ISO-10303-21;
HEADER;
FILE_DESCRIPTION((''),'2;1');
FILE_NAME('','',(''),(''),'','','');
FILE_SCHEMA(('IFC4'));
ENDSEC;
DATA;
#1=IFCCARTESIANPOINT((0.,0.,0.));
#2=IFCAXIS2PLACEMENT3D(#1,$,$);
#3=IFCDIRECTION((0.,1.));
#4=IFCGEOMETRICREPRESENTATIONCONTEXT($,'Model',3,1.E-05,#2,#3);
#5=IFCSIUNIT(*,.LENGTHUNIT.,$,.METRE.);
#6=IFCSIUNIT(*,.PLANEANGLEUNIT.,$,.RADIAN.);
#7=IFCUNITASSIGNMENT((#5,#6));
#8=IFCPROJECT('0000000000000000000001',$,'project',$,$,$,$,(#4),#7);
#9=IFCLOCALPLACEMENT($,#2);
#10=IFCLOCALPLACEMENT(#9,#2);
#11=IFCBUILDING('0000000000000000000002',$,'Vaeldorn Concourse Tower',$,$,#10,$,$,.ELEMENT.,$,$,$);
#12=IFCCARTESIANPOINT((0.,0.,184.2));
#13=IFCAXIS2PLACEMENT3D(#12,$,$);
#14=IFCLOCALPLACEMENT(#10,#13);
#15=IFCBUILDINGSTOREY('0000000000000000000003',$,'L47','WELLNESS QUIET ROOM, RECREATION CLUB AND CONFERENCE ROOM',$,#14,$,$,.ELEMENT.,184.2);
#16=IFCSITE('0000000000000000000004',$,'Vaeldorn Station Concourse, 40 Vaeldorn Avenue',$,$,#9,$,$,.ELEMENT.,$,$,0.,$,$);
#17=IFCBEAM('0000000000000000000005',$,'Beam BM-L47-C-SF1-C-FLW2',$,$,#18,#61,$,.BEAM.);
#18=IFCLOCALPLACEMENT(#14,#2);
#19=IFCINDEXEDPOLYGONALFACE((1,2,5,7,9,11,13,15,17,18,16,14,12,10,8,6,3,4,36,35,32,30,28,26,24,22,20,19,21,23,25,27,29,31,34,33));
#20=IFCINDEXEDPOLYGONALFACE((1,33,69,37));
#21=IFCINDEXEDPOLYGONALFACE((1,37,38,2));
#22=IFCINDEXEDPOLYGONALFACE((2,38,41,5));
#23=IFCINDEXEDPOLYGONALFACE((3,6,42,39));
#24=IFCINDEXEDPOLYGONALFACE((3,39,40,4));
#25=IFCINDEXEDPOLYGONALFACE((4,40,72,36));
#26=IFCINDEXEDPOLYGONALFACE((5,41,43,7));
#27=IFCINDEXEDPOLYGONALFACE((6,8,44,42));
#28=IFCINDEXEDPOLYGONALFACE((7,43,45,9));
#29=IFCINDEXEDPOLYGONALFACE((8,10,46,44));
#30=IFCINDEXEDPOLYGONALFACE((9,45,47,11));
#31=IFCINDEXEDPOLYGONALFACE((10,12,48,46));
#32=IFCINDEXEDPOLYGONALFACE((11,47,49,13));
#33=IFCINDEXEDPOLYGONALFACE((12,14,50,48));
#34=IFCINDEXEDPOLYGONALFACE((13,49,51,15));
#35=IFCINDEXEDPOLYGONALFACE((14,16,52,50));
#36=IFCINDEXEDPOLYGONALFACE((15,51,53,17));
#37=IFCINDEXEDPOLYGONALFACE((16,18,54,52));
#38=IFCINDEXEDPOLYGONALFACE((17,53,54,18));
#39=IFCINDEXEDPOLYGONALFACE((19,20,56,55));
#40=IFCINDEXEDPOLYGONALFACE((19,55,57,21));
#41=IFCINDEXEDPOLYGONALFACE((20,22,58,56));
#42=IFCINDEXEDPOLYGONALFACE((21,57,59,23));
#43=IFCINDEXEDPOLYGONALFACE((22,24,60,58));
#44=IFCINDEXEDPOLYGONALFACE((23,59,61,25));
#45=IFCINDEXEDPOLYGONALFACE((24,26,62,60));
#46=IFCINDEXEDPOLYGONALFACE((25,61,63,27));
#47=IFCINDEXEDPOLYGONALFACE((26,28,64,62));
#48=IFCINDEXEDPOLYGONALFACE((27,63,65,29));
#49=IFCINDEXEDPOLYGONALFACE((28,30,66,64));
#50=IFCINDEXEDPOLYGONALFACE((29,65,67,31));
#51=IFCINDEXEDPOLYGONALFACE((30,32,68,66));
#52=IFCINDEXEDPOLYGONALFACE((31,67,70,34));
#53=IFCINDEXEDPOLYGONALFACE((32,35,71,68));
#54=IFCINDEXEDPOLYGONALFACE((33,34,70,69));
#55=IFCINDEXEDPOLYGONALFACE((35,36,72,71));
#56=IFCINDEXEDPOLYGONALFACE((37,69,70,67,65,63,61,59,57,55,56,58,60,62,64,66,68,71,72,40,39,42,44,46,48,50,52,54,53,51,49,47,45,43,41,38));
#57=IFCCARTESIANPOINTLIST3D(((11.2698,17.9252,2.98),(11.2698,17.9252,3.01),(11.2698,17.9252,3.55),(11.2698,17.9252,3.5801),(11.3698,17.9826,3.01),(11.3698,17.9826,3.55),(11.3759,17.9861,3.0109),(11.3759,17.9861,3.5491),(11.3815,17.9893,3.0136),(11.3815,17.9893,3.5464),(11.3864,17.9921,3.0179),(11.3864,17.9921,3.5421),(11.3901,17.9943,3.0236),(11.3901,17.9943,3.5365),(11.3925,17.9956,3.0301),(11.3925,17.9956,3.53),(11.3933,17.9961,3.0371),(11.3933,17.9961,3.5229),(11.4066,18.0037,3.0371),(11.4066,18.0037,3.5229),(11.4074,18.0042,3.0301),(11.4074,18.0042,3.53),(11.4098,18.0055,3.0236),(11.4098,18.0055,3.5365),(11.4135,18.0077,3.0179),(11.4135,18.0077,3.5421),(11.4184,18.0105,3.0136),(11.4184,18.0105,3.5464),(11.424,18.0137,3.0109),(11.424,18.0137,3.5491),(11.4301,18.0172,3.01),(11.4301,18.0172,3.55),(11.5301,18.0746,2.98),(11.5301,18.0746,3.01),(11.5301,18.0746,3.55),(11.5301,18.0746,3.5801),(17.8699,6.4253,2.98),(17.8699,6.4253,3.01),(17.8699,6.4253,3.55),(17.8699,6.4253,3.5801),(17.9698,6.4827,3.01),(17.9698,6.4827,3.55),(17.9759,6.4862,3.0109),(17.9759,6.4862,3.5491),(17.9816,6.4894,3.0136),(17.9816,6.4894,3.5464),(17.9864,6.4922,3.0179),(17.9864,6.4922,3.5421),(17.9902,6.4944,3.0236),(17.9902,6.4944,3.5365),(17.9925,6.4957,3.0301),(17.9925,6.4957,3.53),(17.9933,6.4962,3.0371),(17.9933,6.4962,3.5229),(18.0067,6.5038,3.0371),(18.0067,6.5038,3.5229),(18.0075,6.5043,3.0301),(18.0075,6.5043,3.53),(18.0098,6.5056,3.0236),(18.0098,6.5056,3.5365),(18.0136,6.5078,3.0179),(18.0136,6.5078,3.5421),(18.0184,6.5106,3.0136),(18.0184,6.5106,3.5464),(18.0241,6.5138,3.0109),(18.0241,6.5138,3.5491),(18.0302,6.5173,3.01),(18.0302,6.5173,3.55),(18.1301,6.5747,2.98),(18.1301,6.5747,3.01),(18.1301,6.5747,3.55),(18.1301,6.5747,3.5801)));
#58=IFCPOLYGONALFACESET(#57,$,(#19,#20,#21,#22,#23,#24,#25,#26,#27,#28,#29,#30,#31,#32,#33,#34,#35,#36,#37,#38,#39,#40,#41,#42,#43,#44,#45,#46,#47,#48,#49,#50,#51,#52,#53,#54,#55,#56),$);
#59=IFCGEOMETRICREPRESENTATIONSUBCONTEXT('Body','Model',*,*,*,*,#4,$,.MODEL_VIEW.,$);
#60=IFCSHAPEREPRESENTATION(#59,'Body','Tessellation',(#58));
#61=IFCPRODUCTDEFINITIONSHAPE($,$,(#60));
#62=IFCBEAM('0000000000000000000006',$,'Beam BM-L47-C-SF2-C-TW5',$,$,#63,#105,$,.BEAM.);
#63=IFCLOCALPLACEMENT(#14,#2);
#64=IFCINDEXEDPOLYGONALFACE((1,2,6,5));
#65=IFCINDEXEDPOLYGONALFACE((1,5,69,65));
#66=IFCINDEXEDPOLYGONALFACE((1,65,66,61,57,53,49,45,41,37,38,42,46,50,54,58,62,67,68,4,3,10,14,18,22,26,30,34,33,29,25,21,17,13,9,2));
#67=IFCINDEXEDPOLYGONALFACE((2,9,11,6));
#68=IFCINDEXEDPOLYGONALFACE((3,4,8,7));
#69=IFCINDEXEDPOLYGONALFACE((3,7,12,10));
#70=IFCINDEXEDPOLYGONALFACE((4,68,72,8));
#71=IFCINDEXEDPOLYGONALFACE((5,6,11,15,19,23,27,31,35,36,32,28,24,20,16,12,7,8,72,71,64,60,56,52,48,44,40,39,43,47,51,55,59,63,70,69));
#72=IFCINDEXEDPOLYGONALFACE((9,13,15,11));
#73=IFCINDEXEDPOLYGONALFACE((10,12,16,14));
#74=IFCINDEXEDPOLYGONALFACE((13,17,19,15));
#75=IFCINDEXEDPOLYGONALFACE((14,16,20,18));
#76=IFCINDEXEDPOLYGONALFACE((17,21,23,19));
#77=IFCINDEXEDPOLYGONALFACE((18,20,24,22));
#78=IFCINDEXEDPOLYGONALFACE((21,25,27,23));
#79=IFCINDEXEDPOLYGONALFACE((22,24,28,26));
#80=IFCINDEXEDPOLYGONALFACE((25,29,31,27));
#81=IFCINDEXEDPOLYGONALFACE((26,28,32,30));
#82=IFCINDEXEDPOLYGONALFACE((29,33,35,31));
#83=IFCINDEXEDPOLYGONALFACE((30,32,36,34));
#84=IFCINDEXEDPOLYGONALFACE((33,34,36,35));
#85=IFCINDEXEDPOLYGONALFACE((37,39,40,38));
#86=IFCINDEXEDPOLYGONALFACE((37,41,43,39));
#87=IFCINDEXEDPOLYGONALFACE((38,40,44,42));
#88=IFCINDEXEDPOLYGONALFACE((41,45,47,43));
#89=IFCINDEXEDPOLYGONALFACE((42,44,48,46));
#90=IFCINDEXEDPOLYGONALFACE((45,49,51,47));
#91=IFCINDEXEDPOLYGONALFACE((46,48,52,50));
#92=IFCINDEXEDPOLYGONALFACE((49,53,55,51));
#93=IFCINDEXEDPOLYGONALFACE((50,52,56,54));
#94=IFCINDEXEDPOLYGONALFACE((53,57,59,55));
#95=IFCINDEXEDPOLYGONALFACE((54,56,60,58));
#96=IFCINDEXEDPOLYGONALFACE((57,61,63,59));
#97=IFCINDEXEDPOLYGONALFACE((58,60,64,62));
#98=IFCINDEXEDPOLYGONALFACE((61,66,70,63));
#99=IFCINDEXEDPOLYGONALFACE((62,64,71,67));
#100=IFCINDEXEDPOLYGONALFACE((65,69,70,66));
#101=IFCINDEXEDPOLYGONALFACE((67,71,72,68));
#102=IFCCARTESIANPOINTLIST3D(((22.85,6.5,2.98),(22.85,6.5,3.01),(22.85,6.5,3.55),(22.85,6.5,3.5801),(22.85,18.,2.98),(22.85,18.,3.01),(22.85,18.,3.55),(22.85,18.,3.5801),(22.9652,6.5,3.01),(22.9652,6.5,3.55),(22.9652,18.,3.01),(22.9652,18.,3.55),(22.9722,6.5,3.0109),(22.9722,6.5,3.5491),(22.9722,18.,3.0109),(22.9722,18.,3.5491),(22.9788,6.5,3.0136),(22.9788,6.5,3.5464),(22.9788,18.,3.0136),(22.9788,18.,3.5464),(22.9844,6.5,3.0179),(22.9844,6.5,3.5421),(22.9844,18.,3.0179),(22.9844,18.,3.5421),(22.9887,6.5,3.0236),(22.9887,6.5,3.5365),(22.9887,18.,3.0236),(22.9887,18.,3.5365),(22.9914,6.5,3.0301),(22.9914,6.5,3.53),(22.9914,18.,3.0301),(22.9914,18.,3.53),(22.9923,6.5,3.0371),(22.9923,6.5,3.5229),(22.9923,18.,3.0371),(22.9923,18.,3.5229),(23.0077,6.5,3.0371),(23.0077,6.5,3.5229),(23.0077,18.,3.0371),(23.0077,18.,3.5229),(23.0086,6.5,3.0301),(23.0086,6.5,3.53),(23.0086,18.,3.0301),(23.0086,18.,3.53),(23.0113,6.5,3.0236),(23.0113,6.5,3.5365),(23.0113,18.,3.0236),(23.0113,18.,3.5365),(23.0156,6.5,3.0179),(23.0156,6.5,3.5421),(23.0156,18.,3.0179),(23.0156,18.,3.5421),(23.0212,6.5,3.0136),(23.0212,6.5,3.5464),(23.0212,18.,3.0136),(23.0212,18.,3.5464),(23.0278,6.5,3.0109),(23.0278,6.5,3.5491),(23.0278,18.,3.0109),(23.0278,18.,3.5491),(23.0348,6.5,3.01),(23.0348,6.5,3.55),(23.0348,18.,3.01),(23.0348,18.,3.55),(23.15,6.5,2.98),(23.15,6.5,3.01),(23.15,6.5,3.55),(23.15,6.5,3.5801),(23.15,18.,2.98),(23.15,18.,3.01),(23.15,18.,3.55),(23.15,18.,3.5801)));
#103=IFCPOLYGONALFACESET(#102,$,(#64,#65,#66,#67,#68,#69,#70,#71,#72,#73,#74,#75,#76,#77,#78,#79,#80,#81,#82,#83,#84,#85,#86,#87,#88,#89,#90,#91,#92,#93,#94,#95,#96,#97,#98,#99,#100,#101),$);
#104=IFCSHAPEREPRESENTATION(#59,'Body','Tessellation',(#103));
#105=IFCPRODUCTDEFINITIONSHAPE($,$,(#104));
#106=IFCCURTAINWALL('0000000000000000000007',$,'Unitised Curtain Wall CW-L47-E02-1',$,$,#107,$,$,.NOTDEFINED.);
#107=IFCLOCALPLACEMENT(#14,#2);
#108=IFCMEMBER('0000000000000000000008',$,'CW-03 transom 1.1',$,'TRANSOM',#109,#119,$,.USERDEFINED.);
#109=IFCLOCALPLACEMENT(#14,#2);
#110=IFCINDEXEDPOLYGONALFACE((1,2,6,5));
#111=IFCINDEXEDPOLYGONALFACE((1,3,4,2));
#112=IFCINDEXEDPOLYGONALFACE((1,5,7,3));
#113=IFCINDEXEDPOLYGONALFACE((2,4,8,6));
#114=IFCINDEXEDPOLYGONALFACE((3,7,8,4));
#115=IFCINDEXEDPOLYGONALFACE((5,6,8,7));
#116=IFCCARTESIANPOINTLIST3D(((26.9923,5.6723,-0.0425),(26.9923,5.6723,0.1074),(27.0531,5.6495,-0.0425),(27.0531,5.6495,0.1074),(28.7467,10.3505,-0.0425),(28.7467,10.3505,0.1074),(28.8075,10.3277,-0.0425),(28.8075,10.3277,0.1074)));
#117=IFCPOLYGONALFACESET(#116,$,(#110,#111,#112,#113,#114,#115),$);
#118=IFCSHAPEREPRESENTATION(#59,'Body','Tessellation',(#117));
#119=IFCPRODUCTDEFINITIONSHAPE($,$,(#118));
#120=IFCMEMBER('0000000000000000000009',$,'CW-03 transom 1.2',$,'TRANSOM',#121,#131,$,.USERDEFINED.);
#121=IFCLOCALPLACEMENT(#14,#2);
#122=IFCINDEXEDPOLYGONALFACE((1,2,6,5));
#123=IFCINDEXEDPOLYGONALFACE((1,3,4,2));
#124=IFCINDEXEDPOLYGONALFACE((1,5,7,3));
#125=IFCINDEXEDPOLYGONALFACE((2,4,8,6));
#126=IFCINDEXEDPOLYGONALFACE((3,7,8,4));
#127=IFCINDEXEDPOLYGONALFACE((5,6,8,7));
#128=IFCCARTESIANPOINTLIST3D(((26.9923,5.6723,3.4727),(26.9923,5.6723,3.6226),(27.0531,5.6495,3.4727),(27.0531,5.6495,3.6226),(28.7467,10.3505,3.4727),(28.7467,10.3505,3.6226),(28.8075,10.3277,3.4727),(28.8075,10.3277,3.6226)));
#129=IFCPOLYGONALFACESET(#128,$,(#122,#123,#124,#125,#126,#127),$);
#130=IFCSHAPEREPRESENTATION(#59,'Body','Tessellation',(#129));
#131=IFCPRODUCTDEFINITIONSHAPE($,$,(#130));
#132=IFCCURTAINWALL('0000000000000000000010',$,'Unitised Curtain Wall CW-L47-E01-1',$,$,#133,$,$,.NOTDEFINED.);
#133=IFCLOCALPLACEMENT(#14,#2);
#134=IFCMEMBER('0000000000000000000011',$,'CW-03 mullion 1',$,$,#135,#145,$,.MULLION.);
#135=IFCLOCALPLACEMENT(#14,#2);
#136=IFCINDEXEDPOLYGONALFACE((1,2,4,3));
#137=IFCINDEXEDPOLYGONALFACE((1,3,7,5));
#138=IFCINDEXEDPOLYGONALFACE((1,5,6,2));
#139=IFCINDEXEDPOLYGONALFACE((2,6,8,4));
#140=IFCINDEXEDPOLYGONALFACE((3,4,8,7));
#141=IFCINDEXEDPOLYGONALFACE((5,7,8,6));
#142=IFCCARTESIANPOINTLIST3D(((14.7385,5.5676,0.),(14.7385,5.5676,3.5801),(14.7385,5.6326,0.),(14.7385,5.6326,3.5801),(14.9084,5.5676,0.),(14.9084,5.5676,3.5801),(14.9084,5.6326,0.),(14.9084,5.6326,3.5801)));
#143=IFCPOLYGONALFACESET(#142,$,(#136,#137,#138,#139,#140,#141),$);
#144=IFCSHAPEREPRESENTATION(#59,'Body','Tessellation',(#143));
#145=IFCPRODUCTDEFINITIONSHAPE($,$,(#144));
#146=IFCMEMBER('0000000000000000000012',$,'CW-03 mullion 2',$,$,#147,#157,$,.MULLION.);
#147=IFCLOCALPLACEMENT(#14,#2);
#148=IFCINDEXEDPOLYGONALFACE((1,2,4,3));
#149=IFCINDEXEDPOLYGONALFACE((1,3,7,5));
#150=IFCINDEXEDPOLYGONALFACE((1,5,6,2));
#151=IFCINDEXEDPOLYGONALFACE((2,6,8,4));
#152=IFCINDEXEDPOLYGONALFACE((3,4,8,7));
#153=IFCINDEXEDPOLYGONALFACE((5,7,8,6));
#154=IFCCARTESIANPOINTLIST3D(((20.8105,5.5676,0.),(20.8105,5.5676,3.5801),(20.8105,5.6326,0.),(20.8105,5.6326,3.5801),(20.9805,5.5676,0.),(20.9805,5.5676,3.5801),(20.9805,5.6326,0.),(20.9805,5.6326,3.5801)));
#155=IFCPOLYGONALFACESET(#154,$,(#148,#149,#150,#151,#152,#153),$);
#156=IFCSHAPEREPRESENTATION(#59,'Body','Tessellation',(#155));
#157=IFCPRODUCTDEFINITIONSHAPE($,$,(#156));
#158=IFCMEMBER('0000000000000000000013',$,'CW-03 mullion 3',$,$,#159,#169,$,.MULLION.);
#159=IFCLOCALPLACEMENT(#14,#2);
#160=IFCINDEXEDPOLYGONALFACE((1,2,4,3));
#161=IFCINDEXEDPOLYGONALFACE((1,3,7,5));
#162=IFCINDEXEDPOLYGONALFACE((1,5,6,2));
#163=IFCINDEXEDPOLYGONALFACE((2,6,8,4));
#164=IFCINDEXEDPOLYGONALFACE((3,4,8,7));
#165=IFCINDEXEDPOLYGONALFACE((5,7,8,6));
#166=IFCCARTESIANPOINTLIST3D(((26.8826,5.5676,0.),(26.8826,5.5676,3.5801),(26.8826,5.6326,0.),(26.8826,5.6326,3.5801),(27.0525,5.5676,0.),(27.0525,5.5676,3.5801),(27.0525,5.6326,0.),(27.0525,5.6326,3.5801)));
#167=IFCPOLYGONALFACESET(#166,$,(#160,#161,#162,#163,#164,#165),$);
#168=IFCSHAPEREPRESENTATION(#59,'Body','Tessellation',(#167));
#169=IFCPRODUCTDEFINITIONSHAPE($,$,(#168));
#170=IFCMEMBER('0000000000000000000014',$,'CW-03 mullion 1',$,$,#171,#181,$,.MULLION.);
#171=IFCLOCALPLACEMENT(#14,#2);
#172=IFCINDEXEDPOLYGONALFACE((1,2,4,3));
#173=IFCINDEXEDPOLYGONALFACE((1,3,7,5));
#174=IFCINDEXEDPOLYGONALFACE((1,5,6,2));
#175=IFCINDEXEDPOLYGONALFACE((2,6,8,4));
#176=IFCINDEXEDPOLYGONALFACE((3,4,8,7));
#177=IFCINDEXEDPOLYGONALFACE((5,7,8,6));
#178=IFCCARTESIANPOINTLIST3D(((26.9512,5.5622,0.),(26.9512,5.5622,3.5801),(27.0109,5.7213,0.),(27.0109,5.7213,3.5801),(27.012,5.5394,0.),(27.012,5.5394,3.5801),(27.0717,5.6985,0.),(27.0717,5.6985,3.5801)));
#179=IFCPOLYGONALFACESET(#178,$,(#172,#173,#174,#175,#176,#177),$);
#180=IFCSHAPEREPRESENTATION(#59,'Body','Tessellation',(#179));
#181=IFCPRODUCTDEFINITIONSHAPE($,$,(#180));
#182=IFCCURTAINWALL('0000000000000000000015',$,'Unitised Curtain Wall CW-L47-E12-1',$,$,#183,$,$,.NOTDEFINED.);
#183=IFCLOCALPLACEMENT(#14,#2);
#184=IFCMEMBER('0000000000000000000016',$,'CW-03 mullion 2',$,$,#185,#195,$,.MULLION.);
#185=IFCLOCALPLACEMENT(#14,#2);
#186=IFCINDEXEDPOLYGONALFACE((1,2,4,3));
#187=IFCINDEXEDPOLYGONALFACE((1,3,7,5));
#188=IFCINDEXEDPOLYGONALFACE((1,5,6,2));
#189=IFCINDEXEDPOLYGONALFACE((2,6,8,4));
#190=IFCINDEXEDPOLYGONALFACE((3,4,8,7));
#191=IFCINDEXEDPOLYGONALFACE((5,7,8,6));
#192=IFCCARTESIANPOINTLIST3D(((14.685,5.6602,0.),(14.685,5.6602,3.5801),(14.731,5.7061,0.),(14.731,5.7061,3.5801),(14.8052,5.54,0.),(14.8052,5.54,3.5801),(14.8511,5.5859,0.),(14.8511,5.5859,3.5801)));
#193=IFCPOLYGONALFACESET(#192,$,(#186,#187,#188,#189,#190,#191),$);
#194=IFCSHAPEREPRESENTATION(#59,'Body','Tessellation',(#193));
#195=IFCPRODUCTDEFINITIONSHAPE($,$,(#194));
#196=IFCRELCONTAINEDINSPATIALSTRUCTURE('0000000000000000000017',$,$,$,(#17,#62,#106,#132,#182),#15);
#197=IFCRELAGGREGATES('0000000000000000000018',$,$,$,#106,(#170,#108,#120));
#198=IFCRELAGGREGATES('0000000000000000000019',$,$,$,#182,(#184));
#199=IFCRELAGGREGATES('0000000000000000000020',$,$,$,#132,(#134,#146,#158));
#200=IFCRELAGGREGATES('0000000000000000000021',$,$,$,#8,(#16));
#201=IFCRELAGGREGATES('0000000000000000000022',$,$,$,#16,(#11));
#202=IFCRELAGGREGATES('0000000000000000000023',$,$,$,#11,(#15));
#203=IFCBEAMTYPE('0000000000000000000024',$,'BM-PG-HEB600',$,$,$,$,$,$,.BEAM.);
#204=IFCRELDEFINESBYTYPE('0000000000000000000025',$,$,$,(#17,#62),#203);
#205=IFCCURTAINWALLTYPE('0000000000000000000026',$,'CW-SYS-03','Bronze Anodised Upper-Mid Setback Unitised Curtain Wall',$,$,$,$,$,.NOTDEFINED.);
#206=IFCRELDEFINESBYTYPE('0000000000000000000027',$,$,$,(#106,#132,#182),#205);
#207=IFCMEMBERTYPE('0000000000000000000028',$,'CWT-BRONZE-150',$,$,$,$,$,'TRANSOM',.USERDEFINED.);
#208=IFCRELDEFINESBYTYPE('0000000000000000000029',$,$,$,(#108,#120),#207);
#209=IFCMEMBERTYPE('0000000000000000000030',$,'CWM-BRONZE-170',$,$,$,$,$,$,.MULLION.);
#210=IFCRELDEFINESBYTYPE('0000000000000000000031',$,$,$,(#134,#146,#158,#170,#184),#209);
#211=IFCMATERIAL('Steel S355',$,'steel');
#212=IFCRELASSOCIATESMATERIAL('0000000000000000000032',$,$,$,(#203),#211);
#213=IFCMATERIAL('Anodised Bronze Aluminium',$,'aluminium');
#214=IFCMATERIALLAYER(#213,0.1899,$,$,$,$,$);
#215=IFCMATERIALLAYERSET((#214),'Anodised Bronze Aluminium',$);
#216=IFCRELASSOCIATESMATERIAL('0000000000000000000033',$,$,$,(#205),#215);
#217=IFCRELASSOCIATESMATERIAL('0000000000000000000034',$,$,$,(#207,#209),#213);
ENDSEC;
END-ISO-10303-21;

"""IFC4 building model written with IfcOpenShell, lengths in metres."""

from ifc_helpers import new_model, si_unit, direction, frame, origin, origin_2d, place, context, subcontext, project, spatial, rectangle, i_section, extrude, source, transform, mapped, material, layer, layer_set, material_profile, profile_set, type_object, element, aggregate, save


model = new_model("IFC4")

# Units and contexts
model_context = context("Model", 3, precision=1e-05, world=origin(), true_north=direction((0.0, 1.0)))
body_context = subcontext(model_context, "Body", "Model", "MODEL_VIEW")
ifc_project = project(units=[si_unit("LENGTHUNIT", "METRE"), si_unit("PLANEANGLEUNIT", "RADIAN")], contexts=[model_context])

# Site, building, storey
site_placement = place(None, origin())
site = spatial("IfcSite", under=ifc_project, at=site_placement, Name="Vaeldorn Station Concourse, 40 Vaeldorn Avenue", CompositionType="ELEMENT", RefElevation=0.0)
building_placement = place(site_placement, origin())
building = spatial("IfcBuilding", under=site, at=building_placement, Name="Vaeldorn Concourse Tower", CompositionType="ELEMENT")
storey_placement = place(building_placement, frame((0.0, 0.0, 184.2)))
storey = spatial("IfcBuildingStorey", under=building, at=storey_placement, Name="L47", Description="WELLNESS QUIET ROOM, RECREATION CLUB AND CONFERENCE ROOM", CompositionType="ELEMENT", Elevation=184.2)

# Shared definitions
ifc_material_1 = material(Name="Steel S355", Category="steel")

# Beams
ifc_material_profile_1 = material_profile(ifc_material_1, i_section(OverallWidth=0.3, OverallDepth=0.6001, WebThickness=0.0154, FlangeThickness=0.03, FilletRadius=0.0271, at=origin_2d()), Name="HEB 600")
ifc_profile_set_1 = profile_set([ifc_material_profile_1], Name="Steel S355")
beam_type_1 = type_object("IfcBeamType", Name="BM-PG-HEB600", PredefinedType="BEAM", material=ifc_profile_set_1)
shared_shape_1 = source(origin(), body_context, "Body", "SweptSolid", [
    extrude(i_section(OverallWidth=0.3, OverallDepth=0.6001, WebThickness=0.0154, FlangeThickness=0.03, FilletRadius=0.0271, at=origin_2d()), origin(), (0.0, 0.0, 1.0), 13.2593),
])
beam_1_placement = place(storey_placement, frame((18.0, 6.5, 3.28), z_axis=(-0.497768, 0.86731, 0.0), x_axis=(-0.86731, -0.497768, 0.0)))
element("IfcBeam", 1, at=beam_1_placement, inside=storey, type_object=beam_type_1, Name="Beam BM-L47-C-SF1-C-FLW2", PredefinedType="BEAM", context=body_context, shape_type="MappedRepresentation", body=[
    mapped(shared_shape_1, transform((0.0, 0.0, 0.0), scale=1.0)),
])
shared_shape_2 = source(origin(), body_context, "Body", "SweptSolid", [
    extrude(i_section(OverallWidth=0.3, OverallDepth=0.6001, WebThickness=0.0154, FlangeThickness=0.03, FilletRadius=0.0271, at=origin_2d()), origin(), (0.0, 0.0, 1.0), 11.5),
])
beam_2_placement = place(storey_placement, frame((23.0, 6.5, 3.28), z_axis=(0.0, 1.0, 0.0), x_axis=(-1.0, 0.0, 0.0)))
element("IfcBeam", 2, at=beam_2_placement, inside=storey, type_object=beam_type_1, Name="Beam BM-L47-C-SF2-C-TW5", PredefinedType="BEAM", context=body_context, shape_type="MappedRepresentation", body=[
    mapped(shared_shape_2, transform((0.0, 0.0, 0.0), scale=1.0)),
])

# Curtain walls, members
ifc_material_2 = material(Name="Anodised Bronze Aluminium", Category="aluminium")
ifc_layer_1 = layer(ifc_material_2, 0.1899)
ifc_layer_set_1 = layer_set([ifc_layer_1], Name="Anodised Bronze Aluminium")
curtain_wall_type = type_object("IfcCurtainWallType", Name="CW-SYS-03", Description="Bronze Anodised Upper-Mid Setback Unitised Curtain Wall", PredefinedType="NOTDEFINED", material=ifc_layer_set_1)
curtain_wall_1_placement = place(storey_placement, origin())
curtain_wall_1 = element("IfcCurtainWall", 3, at=curtain_wall_1_placement, inside=storey, type_object=curtain_wall_type, Name="Unitised Curtain Wall CW-L47-E02-1", PredefinedType="NOTDEFINED")
ifc_material_profile_2 = material_profile(ifc_material_2, rectangle(XDim=0.0649, YDim=0.1499, at=origin_2d()), Name="CWT 65x150")
ifc_profile_set_2 = profile_set([ifc_material_profile_2], Name="Anodised Bronze Aluminium")
member_type_1 = type_object("IfcMemberType", Name="CWT-BRONZE-150", ElementType="TRANSOM", PredefinedType="USERDEFINED", material=ifc_profile_set_2)
shared_shape_3 = source(origin(), body_context, "Body", "SweptSolid", [
    extrude(rectangle(XDim=0.0649, YDim=0.1499, at=origin_2d()), origin(), (0.0, 0.0, 1.0), 4.9963),
])
member_1_placement = place(storey_placement, frame((27.0227, 5.6609, 0.0325), z_axis=(0.351134, 0.936325, 0.0), x_axis=(-0.936325, 0.351134, 0.0)))
member_1 = element("IfcMember", 4, at=member_1_placement, type_object=member_type_1, Name="CW-03 transom 1.1", ObjectType="TRANSOM", PredefinedType="USERDEFINED", context=body_context, shape_type="MappedRepresentation", body=[
    mapped(shared_shape_3, transform((0.0, 0.0, 0.0), scale=1.0)),
])
member_2_placement = place(storey_placement, frame((27.0227, 5.6609, 3.5476), z_axis=(0.351134, 0.936325, 0.0), x_axis=(-0.936325, 0.351134, 0.0)))
member_2 = element("IfcMember", 5, at=member_2_placement, type_object=member_type_1, Name="CW-03 transom 1.2", ObjectType="TRANSOM", PredefinedType="USERDEFINED", context=body_context, shape_type="MappedRepresentation", body=[
    mapped(shared_shape_3, transform((0.0, 0.0, 0.0), scale=1.0)),
])
curtain_wall_2_placement = place(storey_placement, origin())
curtain_wall_2 = element("IfcCurtainWall", 6, at=curtain_wall_2_placement, inside=storey, type_object=curtain_wall_type, Name="Unitised Curtain Wall CW-L47-E01-1", PredefinedType="NOTDEFINED")
ifc_material_profile_3 = material_profile(ifc_material_2, rectangle(XDim=0.0649, YDim=0.1699, at=origin_2d()), Name="CWM 65x170")
ifc_profile_set_3 = profile_set([ifc_material_profile_3], Name="Anodised Bronze Aluminium")
member_type_2 = type_object("IfcMemberType", Name="CWM-BRONZE-170", PredefinedType="MULLION", material=ifc_profile_set_3)
shared_shape_4 = source(origin(), body_context, "Body", "SweptSolid", [
    extrude(rectangle(XDim=0.0649, YDim=0.1699, at=origin_2d()), origin(), (0.0, 0.0, 1.0), 3.5801),
])
member_3_placement = place(storey_placement, frame((14.8235, 5.6001, 0.0), z_axis=(0.0, 0.0, 1.0), x_axis=(0.0, 1.0, 0.0)))
member_3 = element("IfcMember", 7, at=member_3_placement, type_object=member_type_2, Name="CW-03 mullion 1", PredefinedType="MULLION", context=body_context, shape_type="MappedRepresentation", body=[
    mapped(shared_shape_4, transform((0.0, 0.0, 0.0), scale=1.0)),
])
member_4_placement = place(storey_placement, frame((20.8955, 5.6001, 0.0), z_axis=(0.0, 0.0, 1.0), x_axis=(0.0, 1.0, 0.0)))
member_4 = element("IfcMember", 8, at=member_4_placement, type_object=member_type_2, Name="CW-03 mullion 2", PredefinedType="MULLION", context=body_context, shape_type="MappedRepresentation", body=[
    mapped(shared_shape_4, transform((0.0, 0.0, 0.0), scale=1.0)),
])
member_5_placement = place(storey_placement, frame((26.9675, 5.6001, 0.0), z_axis=(0.0, 0.0, 1.0), x_axis=(0.0, 1.0, 0.0)))
member_5 = element("IfcMember", 9, at=member_5_placement, type_object=member_type_2, Name="CW-03 mullion 3", PredefinedType="MULLION", context=body_context, shape_type="MappedRepresentation", body=[
    mapped(shared_shape_4, transform((0.0, 0.0, 0.0), scale=1.0)),
])

# Member
member_6_placement = place(storey_placement, frame((27.0115, 5.6304, 0.0), z_axis=(0.0, 0.0, 1.0), x_axis=(-0.936329, 0.351123, 0.0)))
member_6 = element("IfcMember", 10, at=member_6_placement, type_object=member_type_2, Name="CW-03 mullion 1", PredefinedType="MULLION", context=body_context, shape_type="MappedRepresentation", body=[
    mapped(shared_shape_4, transform((0.0, 0.0, 0.0), scale=1.0)),
])
aggregate(curtain_wall_1, [member_6, member_1, member_2])

# Curtain wall, member
curtain_wall_3_placement = place(storey_placement, origin())
curtain_wall_3 = element("IfcCurtainWall", 11, at=curtain_wall_3_placement, inside=storey, type_object=curtain_wall_type, Name="Unitised Curtain Wall CW-L47-E12-1", PredefinedType="NOTDEFINED")
member_7_placement = place(storey_placement, frame((14.7681, 5.623, 0.0), z_axis=(0.0, 0.0, 1.0), x_axis=(0.707107, 0.707107, 0.0)))
member_7 = element("IfcMember", 12, at=member_7_placement, type_object=member_type_2, Name="CW-03 mullion 2", PredefinedType="MULLION", context=body_context, shape_type="MappedRepresentation", body=[
    mapped(shared_shape_4, transform((0.0, 0.0, 0.0), scale=1.0)),
])

aggregate(curtain_wall_3, [member_7])
aggregate(curtain_wall_2, [member_3, member_4, member_5])

save(model, "model.ifc")
